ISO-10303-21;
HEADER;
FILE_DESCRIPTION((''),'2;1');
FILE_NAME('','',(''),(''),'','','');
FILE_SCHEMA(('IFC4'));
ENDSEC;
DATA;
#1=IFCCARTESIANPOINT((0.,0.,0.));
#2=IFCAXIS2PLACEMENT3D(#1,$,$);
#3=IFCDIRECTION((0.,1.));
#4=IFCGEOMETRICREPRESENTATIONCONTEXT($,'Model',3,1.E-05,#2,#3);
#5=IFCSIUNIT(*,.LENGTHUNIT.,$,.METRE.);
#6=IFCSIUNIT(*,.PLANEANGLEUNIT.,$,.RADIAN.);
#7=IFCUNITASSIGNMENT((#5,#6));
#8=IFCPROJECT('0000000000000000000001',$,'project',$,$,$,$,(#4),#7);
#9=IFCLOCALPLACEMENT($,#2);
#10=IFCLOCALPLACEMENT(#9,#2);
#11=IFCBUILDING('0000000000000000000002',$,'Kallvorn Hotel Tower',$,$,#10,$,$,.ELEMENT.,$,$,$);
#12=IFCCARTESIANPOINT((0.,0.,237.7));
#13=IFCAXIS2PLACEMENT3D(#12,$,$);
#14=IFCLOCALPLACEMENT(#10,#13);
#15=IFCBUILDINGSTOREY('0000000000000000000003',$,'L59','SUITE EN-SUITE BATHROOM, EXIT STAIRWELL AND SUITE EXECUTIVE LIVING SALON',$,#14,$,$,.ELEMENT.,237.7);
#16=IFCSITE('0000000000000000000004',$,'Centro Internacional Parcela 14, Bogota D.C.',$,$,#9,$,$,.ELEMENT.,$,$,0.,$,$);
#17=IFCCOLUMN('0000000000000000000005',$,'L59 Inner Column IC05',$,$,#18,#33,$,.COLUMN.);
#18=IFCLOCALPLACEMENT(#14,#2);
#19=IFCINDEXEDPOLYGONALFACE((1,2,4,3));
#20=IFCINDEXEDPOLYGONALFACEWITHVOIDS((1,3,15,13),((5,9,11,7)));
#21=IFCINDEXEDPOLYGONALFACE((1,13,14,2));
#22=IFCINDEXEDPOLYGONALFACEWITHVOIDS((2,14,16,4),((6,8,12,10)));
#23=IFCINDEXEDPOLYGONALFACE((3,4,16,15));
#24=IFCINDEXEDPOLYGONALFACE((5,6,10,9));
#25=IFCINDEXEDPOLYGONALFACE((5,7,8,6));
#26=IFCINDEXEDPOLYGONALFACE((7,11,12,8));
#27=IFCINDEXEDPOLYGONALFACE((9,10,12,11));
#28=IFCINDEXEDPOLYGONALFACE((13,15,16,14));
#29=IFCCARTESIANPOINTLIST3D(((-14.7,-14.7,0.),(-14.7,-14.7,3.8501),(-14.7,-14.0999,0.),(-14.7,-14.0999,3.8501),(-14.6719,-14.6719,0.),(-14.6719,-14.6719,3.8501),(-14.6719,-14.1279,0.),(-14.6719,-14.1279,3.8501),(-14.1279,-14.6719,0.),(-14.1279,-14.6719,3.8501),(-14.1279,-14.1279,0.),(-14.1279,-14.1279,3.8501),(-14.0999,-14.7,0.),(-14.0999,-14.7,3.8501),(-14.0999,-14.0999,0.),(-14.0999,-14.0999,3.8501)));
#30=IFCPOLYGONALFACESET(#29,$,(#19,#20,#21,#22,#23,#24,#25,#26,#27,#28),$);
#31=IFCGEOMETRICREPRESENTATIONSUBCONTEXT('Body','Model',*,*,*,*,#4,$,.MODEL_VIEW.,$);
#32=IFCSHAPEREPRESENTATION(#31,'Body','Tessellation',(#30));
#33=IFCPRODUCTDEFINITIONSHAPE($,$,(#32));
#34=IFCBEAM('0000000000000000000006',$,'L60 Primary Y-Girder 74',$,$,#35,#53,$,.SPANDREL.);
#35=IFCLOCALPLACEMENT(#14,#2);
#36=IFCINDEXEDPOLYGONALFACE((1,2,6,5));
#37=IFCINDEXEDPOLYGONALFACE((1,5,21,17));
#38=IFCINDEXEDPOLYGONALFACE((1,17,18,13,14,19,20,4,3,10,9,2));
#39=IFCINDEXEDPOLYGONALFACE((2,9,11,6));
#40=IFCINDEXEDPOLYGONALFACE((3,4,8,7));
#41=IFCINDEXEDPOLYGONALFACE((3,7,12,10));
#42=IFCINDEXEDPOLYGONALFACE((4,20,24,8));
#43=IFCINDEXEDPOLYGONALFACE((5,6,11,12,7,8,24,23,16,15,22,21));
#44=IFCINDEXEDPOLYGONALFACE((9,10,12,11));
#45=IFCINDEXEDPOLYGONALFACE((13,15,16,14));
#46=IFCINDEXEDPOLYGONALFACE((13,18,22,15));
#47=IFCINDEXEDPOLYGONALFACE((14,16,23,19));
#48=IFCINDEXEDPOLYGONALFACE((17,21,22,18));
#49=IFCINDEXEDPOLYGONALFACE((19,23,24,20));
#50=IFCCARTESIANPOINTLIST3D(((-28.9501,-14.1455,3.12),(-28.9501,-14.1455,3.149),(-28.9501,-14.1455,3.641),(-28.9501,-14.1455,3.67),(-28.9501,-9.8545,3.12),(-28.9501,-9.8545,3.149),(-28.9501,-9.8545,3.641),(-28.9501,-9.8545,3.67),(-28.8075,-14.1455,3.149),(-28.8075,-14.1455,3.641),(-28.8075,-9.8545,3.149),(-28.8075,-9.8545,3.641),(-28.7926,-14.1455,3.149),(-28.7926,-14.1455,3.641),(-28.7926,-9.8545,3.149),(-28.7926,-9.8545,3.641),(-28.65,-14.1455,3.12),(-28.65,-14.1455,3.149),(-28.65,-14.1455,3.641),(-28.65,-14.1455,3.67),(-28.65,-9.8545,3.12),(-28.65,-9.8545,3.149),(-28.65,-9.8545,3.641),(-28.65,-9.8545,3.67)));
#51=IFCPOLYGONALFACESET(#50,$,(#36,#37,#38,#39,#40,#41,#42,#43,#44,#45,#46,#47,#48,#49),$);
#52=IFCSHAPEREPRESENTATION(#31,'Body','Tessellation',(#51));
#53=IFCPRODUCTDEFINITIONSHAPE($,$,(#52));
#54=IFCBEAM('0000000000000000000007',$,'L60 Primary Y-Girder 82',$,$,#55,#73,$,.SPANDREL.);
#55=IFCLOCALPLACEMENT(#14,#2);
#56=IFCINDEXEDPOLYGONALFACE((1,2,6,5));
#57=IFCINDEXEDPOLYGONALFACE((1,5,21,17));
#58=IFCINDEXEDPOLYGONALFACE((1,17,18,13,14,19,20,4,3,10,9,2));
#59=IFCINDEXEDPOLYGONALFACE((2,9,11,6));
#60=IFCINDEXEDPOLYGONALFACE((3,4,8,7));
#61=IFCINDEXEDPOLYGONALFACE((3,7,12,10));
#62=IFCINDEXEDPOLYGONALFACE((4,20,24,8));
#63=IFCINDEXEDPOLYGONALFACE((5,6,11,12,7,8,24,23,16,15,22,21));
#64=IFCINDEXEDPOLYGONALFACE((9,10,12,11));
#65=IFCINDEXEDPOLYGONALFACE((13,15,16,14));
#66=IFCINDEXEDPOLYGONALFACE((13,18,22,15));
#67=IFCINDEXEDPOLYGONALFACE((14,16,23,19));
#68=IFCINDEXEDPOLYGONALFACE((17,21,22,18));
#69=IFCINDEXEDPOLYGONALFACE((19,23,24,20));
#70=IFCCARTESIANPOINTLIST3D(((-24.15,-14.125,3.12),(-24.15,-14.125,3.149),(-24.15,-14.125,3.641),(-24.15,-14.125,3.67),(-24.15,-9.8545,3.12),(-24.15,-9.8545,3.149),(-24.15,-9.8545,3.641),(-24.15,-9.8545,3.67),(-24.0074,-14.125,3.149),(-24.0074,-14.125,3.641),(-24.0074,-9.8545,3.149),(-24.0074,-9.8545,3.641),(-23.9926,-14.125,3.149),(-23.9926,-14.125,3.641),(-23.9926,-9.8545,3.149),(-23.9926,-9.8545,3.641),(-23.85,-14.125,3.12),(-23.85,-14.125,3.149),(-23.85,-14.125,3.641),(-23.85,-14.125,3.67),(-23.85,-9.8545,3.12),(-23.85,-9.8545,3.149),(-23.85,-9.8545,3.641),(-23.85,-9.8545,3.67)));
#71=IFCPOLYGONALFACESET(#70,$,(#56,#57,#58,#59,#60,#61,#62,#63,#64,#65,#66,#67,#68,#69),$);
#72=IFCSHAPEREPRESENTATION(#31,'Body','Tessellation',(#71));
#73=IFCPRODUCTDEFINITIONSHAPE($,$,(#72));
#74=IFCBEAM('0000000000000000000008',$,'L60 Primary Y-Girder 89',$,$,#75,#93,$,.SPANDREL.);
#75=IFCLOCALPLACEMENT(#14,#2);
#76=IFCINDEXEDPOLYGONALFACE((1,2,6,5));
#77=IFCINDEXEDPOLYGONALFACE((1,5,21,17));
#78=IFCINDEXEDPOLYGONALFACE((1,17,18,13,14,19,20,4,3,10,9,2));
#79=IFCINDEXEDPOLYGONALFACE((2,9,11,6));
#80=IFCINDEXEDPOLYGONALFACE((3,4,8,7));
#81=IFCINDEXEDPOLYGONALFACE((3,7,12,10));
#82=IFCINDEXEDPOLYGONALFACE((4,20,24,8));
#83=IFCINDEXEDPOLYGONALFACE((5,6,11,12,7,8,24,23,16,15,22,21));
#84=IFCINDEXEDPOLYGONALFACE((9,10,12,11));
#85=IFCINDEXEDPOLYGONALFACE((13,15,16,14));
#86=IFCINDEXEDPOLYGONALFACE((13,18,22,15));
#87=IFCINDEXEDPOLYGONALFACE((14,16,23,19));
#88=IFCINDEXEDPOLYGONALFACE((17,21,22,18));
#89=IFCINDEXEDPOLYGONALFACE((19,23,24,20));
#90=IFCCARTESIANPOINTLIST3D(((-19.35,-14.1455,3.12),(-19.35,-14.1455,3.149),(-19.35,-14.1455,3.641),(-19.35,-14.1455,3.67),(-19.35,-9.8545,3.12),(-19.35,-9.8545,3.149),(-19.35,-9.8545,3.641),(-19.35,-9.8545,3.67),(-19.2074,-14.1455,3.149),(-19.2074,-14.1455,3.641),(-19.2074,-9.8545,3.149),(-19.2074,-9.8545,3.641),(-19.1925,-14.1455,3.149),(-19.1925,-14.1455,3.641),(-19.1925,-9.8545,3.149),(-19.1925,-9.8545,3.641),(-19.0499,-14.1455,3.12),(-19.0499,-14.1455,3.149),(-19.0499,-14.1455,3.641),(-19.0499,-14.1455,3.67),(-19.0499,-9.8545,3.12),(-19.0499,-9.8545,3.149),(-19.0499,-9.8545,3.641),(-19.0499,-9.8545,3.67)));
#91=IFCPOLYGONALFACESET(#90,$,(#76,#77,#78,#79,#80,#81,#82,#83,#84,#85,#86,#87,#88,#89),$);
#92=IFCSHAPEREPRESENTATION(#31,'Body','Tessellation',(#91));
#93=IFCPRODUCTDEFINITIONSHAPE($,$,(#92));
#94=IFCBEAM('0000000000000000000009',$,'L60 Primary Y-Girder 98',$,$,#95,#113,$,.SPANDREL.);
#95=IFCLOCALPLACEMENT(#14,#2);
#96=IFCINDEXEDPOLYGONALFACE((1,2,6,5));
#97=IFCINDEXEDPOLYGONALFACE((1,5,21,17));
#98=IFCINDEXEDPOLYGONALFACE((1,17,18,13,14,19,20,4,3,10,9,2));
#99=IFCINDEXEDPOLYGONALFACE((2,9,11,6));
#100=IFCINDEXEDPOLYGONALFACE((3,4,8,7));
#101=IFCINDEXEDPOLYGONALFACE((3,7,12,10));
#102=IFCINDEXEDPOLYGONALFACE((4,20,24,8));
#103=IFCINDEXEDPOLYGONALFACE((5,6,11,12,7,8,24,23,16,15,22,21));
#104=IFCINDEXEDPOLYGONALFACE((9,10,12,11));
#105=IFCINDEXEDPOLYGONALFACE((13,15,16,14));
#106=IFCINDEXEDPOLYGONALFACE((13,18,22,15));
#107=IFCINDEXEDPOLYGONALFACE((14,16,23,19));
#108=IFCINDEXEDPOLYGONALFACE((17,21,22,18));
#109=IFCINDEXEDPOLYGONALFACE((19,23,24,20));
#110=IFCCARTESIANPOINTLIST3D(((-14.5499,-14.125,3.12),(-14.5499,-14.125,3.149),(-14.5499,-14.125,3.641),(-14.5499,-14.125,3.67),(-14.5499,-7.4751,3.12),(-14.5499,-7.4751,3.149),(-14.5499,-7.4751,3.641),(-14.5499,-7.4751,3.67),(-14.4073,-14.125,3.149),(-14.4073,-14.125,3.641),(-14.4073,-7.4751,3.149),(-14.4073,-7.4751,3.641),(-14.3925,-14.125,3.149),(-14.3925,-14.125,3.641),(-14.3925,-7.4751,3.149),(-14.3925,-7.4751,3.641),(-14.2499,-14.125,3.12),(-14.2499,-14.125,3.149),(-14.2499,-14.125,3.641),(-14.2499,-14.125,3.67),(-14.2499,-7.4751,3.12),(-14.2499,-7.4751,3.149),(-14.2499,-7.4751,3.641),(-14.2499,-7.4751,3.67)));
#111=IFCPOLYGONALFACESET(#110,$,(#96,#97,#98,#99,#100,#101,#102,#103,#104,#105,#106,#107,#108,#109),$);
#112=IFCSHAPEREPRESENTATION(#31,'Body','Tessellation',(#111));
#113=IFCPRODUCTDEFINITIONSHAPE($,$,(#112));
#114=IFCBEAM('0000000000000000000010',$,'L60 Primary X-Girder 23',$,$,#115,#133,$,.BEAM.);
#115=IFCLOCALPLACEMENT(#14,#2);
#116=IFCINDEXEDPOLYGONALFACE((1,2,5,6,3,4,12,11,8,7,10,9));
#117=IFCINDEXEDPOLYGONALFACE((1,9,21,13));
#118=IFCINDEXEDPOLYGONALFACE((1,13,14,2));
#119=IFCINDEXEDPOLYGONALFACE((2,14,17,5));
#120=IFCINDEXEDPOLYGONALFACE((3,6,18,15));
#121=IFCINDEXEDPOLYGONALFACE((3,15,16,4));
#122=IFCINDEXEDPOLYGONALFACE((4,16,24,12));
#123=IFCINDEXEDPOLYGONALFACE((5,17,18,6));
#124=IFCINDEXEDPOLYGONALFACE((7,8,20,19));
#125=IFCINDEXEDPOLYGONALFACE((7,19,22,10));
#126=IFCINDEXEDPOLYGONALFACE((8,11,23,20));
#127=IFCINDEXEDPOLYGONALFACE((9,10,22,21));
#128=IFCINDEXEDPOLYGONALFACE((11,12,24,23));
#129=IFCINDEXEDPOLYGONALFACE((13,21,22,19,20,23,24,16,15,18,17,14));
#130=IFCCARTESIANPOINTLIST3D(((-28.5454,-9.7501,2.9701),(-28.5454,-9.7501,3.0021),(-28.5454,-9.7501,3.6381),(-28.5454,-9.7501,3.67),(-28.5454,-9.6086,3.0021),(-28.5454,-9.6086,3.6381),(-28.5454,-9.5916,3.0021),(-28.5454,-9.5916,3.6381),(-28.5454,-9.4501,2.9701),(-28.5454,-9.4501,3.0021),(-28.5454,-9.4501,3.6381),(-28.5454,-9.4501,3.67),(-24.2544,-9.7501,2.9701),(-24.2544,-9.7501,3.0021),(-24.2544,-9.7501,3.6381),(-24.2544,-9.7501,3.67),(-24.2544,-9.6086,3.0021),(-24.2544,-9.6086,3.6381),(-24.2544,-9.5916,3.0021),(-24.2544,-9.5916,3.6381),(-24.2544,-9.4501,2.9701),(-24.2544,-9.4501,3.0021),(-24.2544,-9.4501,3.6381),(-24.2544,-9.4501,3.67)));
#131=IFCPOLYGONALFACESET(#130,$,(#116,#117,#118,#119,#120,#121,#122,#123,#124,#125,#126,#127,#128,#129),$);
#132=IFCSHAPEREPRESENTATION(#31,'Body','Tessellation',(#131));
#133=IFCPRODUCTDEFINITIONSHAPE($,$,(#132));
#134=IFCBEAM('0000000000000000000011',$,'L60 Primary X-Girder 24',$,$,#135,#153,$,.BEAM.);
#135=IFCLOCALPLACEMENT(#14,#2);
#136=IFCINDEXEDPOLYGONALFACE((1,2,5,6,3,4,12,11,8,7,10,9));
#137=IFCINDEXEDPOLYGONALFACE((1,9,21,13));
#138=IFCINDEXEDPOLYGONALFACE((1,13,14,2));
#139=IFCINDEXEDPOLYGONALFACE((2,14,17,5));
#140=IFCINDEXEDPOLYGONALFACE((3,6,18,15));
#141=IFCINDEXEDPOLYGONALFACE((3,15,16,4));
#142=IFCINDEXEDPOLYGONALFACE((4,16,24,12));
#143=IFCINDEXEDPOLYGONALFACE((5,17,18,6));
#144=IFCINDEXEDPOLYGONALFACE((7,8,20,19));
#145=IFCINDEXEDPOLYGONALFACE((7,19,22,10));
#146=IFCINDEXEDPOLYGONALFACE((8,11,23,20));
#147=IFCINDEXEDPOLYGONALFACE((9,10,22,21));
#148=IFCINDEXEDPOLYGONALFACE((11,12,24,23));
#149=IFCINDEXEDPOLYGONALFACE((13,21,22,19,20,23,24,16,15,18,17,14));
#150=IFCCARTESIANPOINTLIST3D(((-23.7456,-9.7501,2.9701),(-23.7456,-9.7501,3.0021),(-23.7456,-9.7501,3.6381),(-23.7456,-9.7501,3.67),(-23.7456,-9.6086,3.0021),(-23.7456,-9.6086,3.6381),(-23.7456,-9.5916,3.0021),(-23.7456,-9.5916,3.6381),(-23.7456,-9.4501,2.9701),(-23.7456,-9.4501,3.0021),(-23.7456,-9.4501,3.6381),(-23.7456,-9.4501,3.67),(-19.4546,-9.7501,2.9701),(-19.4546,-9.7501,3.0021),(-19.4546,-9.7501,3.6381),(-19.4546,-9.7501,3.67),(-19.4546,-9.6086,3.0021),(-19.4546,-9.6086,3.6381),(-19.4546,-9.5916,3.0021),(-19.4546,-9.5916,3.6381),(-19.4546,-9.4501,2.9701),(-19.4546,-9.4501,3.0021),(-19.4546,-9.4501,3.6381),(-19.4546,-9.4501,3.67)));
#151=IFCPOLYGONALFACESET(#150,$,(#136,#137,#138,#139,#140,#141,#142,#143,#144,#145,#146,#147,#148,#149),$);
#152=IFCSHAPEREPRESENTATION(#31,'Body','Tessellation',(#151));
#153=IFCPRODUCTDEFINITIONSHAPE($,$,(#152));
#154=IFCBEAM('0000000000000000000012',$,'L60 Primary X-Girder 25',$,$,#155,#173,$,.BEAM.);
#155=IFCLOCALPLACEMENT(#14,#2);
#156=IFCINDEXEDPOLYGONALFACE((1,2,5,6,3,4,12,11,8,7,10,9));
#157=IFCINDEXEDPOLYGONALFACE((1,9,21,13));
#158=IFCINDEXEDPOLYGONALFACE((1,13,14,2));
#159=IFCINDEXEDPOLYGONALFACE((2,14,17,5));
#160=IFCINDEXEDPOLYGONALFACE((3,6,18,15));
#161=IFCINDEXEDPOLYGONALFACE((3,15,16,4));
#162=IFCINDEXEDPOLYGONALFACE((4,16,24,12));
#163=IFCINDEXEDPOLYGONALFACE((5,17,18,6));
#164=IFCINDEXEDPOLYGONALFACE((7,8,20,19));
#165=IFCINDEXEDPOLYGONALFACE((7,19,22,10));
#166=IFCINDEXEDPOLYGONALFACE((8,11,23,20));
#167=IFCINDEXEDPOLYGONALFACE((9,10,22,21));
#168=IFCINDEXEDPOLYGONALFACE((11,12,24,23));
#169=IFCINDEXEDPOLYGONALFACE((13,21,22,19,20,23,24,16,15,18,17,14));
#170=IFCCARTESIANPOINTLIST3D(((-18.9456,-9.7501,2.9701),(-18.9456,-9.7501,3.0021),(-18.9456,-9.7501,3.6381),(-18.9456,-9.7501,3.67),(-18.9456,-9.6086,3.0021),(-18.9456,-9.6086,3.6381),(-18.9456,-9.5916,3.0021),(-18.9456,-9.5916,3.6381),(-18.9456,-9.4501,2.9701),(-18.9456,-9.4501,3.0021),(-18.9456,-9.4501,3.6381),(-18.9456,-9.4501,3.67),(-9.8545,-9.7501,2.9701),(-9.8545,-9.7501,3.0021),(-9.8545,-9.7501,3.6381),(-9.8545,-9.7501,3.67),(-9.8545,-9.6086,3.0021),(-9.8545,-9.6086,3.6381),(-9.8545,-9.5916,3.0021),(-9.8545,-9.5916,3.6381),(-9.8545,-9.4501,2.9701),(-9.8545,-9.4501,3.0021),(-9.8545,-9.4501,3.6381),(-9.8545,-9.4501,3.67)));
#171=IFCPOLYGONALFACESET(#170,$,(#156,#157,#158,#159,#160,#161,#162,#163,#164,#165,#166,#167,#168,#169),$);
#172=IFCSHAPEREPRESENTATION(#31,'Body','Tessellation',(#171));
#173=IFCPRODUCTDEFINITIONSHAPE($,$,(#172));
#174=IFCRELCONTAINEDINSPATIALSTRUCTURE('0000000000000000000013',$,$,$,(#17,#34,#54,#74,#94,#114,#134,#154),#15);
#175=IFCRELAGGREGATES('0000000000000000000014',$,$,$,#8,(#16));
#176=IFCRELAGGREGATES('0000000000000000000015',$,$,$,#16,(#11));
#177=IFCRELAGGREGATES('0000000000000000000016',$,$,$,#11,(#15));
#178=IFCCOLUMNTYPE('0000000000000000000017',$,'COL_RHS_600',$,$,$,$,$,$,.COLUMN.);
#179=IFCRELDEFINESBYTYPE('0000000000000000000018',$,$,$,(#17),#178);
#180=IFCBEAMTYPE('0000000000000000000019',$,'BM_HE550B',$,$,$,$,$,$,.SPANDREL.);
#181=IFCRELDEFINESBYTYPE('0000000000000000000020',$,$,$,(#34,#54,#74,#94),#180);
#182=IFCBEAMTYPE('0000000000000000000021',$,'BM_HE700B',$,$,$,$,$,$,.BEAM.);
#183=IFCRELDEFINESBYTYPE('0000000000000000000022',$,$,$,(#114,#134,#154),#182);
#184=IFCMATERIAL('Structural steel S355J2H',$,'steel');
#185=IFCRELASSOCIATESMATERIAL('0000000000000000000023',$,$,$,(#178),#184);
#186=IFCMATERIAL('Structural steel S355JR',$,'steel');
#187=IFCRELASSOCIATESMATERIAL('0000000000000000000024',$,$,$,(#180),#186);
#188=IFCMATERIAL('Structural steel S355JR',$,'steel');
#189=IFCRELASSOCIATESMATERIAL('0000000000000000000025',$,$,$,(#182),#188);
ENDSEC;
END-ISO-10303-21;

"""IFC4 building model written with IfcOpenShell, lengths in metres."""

from ifc_helpers import new_model, si_unit, direction, frame, origin, origin_2d, place, context, subcontext, project, spatial, hollow_rectangle, i_section, extrude, material, material_profile, profile_set, type_object, element, save


model = new_model("IFC4")

# Units and contexts
model_context = context("Model", 3, precision=1e-05, world=origin(), true_north=direction((0.0, 1.0)))
body_context = subcontext(model_context, "Body", "Model", "MODEL_VIEW")
ifc_project = project(units=[si_unit("LENGTHUNIT", "METRE"), si_unit("PLANEANGLEUNIT", "RADIAN")], contexts=[model_context])

# Site, building, storey
site_placement = place(None, origin())
site = spatial("IfcSite", under=ifc_project, at=site_placement, Name="Centro Internacional Parcela 14, Bogota D.C.", CompositionType="ELEMENT", RefElevation=0.0)
building_placement = place(site_placement, origin())
building = spatial("IfcBuilding", under=site, at=building_placement, Name="Kallvorn Hotel Tower", CompositionType="ELEMENT")
storey_placement = place(building_placement, frame((0.0, 0.0, 237.7)))
storey = spatial("IfcBuildingStorey", under=building, at=storey_placement, Name="L59", Description="SUITE EN-SUITE BATHROOM, EXIT STAIRWELL AND SUITE EXECUTIVE LIVING SALON", CompositionType="ELEMENT", Elevation=237.7)

# Column
ifc_material_1 = material(Name="Structural steel S355J2H", Category="steel")
ifc_material_profile_1 = material_profile(ifc_material_1, hollow_rectangle(XDim=0.6001, YDim=0.6001, WallThickness=0.0281, at=origin_2d()), Name="RHS 600x600x28")
ifc_profile_set_1 = profile_set([ifc_material_profile_1], Name="Structural steel S355J2H")
column_type_1 = type_object("IfcColumnType", Name="COL_RHS_600", PredefinedType="COLUMN", material=ifc_profile_set_1)
column_placement = place(storey_placement, frame((-14.3999, -14.3999, 0.0), z_axis=(0.0, 0.0, 1.0), x_axis=(1.0, 0.0, 0.0)))
element("IfcColumn", 1, at=column_placement, inside=storey, type_object=column_type_1, Name="L59 Inner Column IC05", PredefinedType="COLUMN", context=body_context, shape_type="SweptSolid", body=[
    extrude(hollow_rectangle(XDim=0.6001, YDim=0.6001, WallThickness=0.0281, at=origin_2d()), origin(), (0.0, 0.0, 1.0), 3.8501),
])

# Beams
ifc_material_2 = material(Name="Structural steel S355JR", Category="steel")
ifc_material_profile_2 = material_profile(ifc_material_2, i_section(OverallWidth=0.3, OverallDepth=0.55, WebThickness=0.0149, FlangeThickness=0.0291, at=origin_2d()), Name="HE 550 B")
ifc_profile_set_2 = profile_set([ifc_material_profile_2], Name="Structural steel S355JR")
beam_type_1 = type_object("IfcBeamType", Name="BM_HE550B", PredefinedType="SPANDREL", material=ifc_profile_set_2)
beam_1_placement = place(storey_placement, frame((-28.8, -14.1455, 3.395), z_axis=(0.0, 1.0, 0.0), x_axis=(-1.0, 0.0, 0.0)))
element("IfcBeam", 2, at=beam_1_placement, inside=storey, type_object=beam_type_1, Name="L60 Primary Y-Girder 74", PredefinedType="SPANDREL", context=body_context, shape_type="SweptSolid", body=[
    extrude(i_section(OverallWidth=0.3, OverallDepth=0.55, WebThickness=0.0149, FlangeThickness=0.0291, at=origin_2d()), origin(), (0.0, 0.0, 1.0), 4.291),
])
beam_2_placement = place(storey_placement, frame((-24.0, -14.125, 3.395), z_axis=(0.0, 1.0, 0.0), x_axis=(-1.0, 0.0, 0.0)))
element("IfcBeam", 3, at=beam_2_placement, inside=storey, type_object=beam_type_1, Name="L60 Primary Y-Girder 82", PredefinedType="SPANDREL", context=body_context, shape_type="SweptSolid", body=[
    extrude(i_section(OverallWidth=0.3, OverallDepth=0.55, WebThickness=0.0149, FlangeThickness=0.0291, at=origin_2d()), origin(), (0.0, 0.0, 1.0), 4.2705),
])
beam_3_placement = place(storey_placement, frame((-19.2, -14.1455, 3.395), z_axis=(0.0, 1.0, 0.0), x_axis=(-1.0, 0.0, 0.0)))
element("IfcBeam", 4, at=beam_3_placement, inside=storey, type_object=beam_type_1, Name="L60 Primary Y-Girder 89", PredefinedType="SPANDREL", context=body_context, shape_type="SweptSolid", body=[
    extrude(i_section(OverallWidth=0.3, OverallDepth=0.55, WebThickness=0.0149, FlangeThickness=0.0291, at=origin_2d()), origin(), (0.0, 0.0, 1.0), 4.291),
])
beam_4_placement = place(storey_placement, frame((-14.3999, -14.125, 3.395), z_axis=(0.0, 1.0, 0.0), x_axis=(-1.0, 0.0, 0.0)))
element("IfcBeam", 5, at=beam_4_placement, inside=storey, type_object=beam_type_1, Name="L60 Primary Y-Girder 98", PredefinedType="SPANDREL", context=body_context, shape_type="SweptSolid", body=[
    extrude(i_section(OverallWidth=0.3, OverallDepth=0.55, WebThickness=0.0149, FlangeThickness=0.0291, at=origin_2d()), origin(), (0.0, 0.0, 1.0), 6.6499),
])
ifc_material_3 = material(Name="Structural steel S355JR", Category="steel")
ifc_material_profile_3 = material_profile(ifc_material_3, i_section(OverallWidth=0.3, OverallDepth=0.7, WebThickness=0.0171, FlangeThickness=0.032, at=origin_2d()), Name="HE 700 B")
ifc_profile_set_3 = profile_set([ifc_material_profile_3], Name="Structural steel S355JR")
beam_type_2 = type_object("IfcBeamType", Name="BM_HE700B", PredefinedType="BEAM", material=ifc_profile_set_3)
for number, where, z_axis, x_axis, name in (
    (6, (-28.5454, -9.6001, 3.3201), (1.0, 0.0, 0.0), (0.0, 1.0, 0.0), "L60 Primary X-Girder 23"),
    (7, (-23.7456, -9.6001, 3.3201), (1.0, 0.0, 0.0), (0.0, 1.0, 0.0), "L60 Primary X-Girder 24"),
):
    element("IfcBeam", number, at=place(storey_placement, frame(where, z_axis=z_axis, x_axis=x_axis)), inside=storey, type_object=beam_type_2, Name=name, PredefinedType="BEAM", context=body_context, shape_type="SweptSolid", body=[
        extrude(i_section(OverallWidth=0.3, OverallDepth=0.7, WebThickness=0.0171, FlangeThickness=0.032, at=origin_2d()), origin(), (0.0, 0.0, 1.0), 4.291),
    ])
beam_5_placement = place(storey_placement, frame((-18.9456, -9.6001, 3.3201), z_axis=(1.0, 0.0, 0.0), x_axis=(0.0, 1.0, 0.0)))
element("IfcBeam", 8, at=beam_5_placement, inside=storey, type_object=beam_type_2, Name="L60 Primary X-Girder 25", PredefinedType="BEAM", context=body_context, shape_type="SweptSolid", body=[
    extrude(i_section(OverallWidth=0.3, OverallDepth=0.7, WebThickness=0.0171, FlangeThickness=0.032, at=origin_2d()), origin(), (0.0, 0.0, 1.0), 9.0911),
])

save(model, "model.ifc")
